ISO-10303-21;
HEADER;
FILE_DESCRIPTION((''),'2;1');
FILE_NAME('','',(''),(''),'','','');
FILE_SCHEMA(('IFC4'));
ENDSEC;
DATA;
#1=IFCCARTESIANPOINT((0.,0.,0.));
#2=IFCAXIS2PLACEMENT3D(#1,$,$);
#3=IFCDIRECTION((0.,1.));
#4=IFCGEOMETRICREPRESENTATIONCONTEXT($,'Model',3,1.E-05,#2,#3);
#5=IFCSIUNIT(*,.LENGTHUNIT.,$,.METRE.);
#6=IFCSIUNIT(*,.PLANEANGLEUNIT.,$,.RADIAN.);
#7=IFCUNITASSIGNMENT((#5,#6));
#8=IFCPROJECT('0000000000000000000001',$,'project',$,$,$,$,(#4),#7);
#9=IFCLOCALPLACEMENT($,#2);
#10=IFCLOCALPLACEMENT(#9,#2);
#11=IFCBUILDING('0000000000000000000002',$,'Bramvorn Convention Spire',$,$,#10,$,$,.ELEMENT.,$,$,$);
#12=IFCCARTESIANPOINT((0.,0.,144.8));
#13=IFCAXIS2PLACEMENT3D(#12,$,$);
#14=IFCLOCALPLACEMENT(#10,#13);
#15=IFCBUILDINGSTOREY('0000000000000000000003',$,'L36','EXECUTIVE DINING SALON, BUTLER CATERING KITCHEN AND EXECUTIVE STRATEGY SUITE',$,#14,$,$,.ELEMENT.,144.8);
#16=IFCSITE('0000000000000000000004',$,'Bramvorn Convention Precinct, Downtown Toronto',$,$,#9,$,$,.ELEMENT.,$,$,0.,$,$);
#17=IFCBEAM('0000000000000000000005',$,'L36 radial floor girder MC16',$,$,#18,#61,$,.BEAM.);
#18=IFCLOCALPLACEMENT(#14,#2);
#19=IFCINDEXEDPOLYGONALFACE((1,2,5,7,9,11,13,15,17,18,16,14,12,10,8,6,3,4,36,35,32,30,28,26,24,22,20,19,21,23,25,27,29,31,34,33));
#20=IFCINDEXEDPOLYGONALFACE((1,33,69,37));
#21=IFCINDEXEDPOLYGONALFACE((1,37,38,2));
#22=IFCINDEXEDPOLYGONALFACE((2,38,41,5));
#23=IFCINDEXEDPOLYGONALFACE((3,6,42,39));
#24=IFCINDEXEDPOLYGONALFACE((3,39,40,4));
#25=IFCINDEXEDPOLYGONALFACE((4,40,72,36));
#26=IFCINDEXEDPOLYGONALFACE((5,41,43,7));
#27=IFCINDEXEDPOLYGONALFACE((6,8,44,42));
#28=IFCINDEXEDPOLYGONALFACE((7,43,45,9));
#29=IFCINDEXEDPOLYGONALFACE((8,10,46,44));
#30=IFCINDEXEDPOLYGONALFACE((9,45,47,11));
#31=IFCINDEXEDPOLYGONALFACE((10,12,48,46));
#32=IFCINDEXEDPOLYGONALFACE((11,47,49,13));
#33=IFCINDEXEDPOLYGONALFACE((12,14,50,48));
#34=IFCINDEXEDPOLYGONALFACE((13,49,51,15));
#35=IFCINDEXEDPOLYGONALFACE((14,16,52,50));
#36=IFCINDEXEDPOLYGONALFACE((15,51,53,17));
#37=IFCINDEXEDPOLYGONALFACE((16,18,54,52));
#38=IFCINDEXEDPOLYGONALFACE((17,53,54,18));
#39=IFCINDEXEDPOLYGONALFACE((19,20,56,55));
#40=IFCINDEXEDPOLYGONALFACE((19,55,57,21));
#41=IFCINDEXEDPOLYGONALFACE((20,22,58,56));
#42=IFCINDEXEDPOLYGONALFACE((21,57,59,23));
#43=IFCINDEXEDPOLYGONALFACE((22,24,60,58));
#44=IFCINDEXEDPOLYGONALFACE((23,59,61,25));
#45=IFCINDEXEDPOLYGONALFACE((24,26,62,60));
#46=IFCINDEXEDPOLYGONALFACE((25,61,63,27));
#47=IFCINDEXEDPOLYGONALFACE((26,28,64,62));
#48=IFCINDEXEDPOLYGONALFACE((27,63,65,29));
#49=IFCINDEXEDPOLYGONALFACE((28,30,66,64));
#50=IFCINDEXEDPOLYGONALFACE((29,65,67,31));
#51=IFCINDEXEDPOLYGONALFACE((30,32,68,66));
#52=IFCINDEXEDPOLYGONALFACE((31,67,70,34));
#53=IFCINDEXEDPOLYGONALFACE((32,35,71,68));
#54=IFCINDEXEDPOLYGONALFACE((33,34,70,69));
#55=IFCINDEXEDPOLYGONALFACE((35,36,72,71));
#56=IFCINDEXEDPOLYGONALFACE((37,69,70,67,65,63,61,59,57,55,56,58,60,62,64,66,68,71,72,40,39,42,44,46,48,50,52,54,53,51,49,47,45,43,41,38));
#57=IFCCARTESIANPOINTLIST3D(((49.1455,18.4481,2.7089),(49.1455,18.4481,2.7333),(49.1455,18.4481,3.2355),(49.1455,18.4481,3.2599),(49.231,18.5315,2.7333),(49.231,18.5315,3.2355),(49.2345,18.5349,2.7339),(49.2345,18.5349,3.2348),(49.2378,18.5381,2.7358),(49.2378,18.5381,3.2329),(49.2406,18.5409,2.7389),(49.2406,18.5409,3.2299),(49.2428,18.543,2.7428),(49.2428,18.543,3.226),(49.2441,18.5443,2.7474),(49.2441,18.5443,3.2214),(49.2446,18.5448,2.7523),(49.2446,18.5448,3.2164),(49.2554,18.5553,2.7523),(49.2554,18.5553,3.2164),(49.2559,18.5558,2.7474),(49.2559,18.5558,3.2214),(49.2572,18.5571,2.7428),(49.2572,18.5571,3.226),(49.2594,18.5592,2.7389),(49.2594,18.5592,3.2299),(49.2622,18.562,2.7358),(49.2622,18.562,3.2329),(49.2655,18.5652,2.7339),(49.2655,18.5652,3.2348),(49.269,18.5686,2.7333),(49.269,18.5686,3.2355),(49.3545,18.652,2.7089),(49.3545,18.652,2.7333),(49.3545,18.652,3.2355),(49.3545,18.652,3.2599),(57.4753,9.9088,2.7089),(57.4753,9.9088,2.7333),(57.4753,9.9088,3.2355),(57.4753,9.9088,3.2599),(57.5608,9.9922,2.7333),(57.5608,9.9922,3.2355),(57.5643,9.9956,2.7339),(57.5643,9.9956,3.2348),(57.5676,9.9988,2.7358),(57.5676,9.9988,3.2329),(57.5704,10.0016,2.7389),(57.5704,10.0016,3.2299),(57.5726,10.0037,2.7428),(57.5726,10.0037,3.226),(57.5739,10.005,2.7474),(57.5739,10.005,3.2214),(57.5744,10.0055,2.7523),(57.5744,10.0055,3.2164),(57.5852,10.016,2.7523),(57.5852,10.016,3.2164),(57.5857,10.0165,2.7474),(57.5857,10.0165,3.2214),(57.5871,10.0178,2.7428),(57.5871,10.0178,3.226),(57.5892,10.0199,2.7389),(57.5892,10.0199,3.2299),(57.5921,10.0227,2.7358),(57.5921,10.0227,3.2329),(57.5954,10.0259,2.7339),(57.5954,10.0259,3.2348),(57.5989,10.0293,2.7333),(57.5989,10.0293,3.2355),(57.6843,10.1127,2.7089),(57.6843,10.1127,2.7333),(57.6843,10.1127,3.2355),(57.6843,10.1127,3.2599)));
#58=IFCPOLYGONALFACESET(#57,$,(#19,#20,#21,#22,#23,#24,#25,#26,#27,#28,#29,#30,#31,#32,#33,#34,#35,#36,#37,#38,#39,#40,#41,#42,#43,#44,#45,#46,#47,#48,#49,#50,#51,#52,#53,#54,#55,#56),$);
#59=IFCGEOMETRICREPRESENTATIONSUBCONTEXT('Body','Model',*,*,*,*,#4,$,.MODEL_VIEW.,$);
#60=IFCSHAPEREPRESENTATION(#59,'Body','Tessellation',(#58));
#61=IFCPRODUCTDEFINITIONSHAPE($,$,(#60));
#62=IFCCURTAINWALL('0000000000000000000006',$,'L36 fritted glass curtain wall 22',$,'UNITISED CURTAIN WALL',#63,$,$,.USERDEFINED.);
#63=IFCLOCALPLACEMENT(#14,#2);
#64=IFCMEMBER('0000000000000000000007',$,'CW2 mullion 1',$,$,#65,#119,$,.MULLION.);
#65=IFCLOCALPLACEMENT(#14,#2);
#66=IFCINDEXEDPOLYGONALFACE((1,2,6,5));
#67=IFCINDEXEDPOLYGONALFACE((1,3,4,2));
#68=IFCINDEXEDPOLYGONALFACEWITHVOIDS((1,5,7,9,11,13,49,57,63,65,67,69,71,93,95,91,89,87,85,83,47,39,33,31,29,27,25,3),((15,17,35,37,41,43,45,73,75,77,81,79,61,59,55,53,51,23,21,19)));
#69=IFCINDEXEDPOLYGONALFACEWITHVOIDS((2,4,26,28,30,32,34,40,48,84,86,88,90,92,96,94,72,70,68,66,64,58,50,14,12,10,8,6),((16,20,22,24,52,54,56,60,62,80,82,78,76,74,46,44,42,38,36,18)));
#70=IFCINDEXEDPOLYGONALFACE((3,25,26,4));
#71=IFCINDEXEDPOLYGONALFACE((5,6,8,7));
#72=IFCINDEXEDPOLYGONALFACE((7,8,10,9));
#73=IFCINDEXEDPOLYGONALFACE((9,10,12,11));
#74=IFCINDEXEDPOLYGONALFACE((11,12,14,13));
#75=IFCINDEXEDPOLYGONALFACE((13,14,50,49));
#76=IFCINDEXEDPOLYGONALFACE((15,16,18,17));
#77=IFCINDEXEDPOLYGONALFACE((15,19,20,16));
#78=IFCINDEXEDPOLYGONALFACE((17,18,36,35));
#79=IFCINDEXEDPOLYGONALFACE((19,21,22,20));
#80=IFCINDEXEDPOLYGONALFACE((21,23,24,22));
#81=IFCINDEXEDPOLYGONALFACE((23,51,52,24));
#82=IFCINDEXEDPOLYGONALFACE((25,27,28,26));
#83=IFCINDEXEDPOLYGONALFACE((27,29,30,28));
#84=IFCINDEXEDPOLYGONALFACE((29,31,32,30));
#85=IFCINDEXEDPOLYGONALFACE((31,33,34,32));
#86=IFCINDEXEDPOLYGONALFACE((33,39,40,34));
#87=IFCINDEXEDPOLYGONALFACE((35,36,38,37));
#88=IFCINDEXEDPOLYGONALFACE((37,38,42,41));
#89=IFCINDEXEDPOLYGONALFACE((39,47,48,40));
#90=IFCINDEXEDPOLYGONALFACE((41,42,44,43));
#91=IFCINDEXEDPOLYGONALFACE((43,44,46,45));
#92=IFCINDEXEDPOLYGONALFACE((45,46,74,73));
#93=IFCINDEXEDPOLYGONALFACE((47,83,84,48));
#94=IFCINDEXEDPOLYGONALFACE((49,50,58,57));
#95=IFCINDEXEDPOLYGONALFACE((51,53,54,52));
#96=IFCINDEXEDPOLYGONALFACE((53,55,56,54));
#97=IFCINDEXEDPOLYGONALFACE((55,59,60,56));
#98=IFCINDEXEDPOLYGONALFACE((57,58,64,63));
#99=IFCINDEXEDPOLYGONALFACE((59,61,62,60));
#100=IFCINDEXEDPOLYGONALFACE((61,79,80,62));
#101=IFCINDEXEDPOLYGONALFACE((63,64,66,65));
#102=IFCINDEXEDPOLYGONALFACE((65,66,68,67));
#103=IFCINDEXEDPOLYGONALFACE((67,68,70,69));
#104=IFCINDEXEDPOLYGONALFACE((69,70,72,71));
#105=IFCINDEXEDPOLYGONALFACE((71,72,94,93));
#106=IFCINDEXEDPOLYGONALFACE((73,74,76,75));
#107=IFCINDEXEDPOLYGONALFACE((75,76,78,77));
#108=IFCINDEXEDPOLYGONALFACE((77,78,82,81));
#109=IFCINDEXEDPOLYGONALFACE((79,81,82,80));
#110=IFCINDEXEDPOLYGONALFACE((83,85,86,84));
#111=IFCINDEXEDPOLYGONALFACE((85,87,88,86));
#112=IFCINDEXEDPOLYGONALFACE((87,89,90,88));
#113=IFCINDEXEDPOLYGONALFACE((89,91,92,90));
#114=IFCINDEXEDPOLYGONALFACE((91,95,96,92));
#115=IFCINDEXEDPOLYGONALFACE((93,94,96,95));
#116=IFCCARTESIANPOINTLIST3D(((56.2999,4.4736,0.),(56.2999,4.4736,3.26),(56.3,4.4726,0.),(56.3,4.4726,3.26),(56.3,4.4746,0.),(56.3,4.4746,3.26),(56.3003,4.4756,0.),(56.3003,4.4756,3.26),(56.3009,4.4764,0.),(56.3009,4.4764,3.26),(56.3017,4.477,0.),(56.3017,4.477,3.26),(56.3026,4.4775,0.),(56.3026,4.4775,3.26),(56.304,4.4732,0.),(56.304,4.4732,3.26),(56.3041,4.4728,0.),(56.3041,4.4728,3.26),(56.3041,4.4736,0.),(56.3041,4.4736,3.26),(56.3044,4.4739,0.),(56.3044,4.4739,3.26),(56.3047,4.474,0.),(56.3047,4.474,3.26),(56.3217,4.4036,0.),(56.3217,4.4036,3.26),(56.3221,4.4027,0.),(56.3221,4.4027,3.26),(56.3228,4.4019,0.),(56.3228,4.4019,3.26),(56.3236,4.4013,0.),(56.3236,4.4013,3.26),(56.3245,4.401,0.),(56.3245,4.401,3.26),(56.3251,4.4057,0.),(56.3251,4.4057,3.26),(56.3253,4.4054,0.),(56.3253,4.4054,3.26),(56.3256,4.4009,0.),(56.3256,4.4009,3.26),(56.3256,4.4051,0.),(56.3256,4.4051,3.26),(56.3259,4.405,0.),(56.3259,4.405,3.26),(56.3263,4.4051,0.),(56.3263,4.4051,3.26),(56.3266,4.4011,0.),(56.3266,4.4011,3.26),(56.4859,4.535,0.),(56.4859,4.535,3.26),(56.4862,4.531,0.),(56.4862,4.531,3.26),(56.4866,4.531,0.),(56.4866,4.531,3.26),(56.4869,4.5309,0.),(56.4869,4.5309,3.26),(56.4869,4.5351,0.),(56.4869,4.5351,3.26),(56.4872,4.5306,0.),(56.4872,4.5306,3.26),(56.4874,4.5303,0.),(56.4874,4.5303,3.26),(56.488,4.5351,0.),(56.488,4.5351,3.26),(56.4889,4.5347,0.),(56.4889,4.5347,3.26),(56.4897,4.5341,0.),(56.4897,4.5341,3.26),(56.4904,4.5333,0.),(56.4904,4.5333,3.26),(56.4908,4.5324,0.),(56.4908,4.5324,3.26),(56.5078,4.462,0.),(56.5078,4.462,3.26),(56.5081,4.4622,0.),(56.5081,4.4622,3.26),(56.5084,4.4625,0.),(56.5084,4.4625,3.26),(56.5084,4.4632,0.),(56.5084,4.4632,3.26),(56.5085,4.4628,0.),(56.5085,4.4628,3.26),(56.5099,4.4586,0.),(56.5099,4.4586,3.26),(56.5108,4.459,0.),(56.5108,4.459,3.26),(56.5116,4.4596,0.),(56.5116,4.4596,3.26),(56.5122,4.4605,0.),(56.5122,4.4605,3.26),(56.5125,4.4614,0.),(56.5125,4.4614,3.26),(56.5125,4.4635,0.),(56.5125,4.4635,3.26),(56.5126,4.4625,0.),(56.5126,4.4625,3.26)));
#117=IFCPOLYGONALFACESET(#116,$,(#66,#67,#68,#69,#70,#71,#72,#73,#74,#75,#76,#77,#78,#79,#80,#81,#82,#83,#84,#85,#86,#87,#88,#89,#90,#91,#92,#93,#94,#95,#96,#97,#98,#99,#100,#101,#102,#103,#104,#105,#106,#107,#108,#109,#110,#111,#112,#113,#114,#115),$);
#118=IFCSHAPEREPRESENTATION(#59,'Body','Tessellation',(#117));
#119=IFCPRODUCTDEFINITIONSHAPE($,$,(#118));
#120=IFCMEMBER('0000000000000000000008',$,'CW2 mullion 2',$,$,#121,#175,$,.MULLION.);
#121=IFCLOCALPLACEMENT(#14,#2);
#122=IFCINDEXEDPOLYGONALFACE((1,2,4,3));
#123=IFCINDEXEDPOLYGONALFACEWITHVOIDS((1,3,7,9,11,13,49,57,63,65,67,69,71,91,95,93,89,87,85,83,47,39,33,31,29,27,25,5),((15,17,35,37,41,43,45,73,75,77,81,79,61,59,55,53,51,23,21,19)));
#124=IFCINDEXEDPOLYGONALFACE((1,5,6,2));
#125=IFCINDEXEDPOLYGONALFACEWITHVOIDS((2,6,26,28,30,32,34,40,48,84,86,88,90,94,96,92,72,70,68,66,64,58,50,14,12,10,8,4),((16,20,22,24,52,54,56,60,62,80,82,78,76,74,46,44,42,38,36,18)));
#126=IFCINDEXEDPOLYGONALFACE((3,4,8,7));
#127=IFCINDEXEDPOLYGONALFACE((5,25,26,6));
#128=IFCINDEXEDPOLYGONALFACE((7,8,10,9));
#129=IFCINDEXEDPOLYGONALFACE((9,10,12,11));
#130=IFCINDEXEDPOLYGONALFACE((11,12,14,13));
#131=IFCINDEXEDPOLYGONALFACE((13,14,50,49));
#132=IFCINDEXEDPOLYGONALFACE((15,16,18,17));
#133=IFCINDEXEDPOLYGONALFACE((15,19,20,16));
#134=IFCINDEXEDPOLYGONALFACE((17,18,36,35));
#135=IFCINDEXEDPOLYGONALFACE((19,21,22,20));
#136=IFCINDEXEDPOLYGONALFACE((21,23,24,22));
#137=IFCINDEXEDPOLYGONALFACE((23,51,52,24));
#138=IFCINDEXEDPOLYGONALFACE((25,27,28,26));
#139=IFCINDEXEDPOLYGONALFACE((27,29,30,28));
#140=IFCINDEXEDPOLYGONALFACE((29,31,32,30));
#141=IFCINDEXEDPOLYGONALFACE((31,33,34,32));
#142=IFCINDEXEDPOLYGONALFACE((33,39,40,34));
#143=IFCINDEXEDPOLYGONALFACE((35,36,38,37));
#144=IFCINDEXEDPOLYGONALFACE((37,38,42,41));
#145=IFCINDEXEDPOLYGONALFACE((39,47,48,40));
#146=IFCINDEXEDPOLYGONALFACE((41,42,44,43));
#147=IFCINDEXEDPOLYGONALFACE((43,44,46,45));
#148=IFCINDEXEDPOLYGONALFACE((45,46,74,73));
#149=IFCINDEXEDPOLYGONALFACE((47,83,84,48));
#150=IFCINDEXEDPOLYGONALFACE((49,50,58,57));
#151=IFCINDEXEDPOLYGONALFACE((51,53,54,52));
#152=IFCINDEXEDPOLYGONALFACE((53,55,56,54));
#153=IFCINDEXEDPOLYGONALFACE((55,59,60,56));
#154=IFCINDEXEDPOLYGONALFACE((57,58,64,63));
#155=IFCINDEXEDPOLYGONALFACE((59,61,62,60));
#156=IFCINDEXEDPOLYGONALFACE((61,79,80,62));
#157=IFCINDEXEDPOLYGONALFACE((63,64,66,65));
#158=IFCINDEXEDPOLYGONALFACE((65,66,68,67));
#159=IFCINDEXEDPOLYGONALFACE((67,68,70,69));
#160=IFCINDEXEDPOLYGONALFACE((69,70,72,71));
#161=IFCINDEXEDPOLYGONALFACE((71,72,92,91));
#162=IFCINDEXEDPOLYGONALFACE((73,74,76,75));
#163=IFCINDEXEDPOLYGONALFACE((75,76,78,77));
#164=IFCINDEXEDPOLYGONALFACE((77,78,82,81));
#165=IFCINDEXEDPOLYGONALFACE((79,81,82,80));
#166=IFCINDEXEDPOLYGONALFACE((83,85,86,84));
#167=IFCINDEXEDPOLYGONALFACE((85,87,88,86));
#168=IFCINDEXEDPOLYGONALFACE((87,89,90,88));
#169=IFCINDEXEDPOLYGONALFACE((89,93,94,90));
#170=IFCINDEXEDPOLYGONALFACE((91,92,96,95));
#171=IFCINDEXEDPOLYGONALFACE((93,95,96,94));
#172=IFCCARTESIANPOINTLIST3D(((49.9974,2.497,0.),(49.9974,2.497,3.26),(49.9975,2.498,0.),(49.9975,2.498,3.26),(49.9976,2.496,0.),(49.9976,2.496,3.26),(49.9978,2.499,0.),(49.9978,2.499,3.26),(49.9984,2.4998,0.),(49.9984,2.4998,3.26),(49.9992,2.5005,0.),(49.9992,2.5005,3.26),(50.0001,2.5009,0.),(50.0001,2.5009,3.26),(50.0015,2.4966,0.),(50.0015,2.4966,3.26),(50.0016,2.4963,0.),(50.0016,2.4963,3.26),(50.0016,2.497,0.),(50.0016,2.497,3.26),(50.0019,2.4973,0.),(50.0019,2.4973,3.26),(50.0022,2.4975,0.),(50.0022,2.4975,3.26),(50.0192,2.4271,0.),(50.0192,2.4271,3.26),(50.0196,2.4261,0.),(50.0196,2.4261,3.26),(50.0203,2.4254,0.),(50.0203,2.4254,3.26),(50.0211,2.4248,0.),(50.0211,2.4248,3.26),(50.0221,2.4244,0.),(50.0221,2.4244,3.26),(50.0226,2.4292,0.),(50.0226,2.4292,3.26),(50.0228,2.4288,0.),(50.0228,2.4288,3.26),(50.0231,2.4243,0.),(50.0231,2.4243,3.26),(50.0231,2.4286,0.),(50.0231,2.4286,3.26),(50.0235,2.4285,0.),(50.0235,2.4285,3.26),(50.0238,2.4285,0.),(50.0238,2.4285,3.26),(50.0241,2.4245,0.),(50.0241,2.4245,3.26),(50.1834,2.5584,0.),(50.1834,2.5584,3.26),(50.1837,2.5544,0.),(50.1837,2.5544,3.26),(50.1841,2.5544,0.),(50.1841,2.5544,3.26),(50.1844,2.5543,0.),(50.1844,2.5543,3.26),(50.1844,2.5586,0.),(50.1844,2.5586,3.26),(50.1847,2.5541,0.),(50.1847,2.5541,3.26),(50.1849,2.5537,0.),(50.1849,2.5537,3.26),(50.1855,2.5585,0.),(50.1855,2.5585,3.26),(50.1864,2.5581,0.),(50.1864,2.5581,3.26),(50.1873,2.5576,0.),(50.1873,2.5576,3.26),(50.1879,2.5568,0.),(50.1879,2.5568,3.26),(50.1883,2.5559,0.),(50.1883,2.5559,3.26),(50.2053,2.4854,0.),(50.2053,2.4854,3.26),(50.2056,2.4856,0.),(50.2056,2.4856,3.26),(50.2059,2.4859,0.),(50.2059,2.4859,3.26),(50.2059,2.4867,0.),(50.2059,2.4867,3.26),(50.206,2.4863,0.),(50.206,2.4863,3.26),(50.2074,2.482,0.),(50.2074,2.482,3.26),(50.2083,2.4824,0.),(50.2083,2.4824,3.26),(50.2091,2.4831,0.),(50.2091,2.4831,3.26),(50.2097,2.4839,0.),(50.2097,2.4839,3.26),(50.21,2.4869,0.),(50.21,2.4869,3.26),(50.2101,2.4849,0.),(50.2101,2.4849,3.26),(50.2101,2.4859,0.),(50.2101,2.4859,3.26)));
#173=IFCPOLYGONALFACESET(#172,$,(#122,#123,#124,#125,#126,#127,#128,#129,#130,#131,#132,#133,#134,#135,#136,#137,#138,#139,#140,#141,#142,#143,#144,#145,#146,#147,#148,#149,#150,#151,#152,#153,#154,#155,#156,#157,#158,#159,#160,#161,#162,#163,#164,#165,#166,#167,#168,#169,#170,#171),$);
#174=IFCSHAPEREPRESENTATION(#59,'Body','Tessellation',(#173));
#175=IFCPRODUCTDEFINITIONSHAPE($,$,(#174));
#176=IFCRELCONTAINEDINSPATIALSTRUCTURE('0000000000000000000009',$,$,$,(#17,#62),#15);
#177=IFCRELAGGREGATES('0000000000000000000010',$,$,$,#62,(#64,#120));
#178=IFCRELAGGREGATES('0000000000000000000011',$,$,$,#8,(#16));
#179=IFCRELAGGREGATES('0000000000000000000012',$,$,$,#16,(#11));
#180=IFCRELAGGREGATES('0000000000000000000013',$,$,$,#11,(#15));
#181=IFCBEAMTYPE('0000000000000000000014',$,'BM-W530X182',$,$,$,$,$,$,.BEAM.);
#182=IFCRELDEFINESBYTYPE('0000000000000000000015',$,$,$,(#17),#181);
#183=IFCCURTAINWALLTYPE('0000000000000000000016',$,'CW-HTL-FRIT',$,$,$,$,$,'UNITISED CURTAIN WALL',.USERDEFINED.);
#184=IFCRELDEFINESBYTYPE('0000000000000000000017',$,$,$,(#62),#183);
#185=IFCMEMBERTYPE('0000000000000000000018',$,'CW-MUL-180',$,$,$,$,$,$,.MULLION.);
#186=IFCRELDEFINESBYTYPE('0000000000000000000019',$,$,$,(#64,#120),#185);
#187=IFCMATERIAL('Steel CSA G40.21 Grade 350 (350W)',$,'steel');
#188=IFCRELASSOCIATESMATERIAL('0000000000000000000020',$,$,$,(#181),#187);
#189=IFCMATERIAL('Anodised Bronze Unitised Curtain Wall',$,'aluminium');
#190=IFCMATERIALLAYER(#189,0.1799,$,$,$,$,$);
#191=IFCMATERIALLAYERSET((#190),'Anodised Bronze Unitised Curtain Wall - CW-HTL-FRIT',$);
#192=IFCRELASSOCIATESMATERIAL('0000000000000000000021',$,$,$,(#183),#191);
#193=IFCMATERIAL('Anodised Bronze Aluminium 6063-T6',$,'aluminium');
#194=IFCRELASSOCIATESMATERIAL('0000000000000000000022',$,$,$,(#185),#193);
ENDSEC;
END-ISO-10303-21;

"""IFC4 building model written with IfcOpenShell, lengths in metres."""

from ifc_helpers import new_model, si_unit, direction, frame, origin, origin_2d, place, context, subcontext, project, spatial, hollow_rectangle, i_section, extrude, material, layer, layer_set, material_profile, profile_set, type_object, element, aggregate, save


model = new_model("IFC4")

# Units and contexts
model_context = context("Model", 3, precision=1e-05, world=origin(), true_north=direction((0.0, 1.0)))
body_context = subcontext(model_context, "Body", "Model", "MODEL_VIEW")
ifc_project = project(units=[si_unit("LENGTHUNIT", "METRE"), si_unit("PLANEANGLEUNIT", "RADIAN")], contexts=[model_context])

# Site, building, storey
site_placement = place(None, origin())
site = spatial("IfcSite", under=ifc_project, at=site_placement, Name="Bramvorn Convention Precinct, Downtown Toronto", CompositionType="ELEMENT", RefElevation=0.0)
building_placement = place(site_placement, origin())
building = spatial("IfcBuilding", under=site, at=building_placement, Name="Bramvorn Convention Spire", CompositionType="ELEMENT")
storey_placement = place(building_placement, frame((0.0, 0.0, 144.8)))
storey = spatial("IfcBuildingStorey", under=building, at=storey_placement, Name="L36", Description="EXECUTIVE DINING SALON, BUTLER CATERING KITCHEN AND EXECUTIVE STRATEGY SUITE", CompositionType="ELEMENT", Elevation=144.8)

# Shared definitions
ifc_material_1 = material(Name="Steel CSA G40.21 Grade 350 (350W)", Category="steel")

# Beam
ifc_material_profile_1 = material_profile(ifc_material_1, i_section(OverallWidth=0.292, OverallDepth=0.551, WebThickness=0.0151, FlangeThickness=0.0244, FilletRadius=0.019, at=origin_2d()))
ifc_profile_set_1 = profile_set([ifc_material_profile_1], Name="Steel CSA G40.21 Grade 350 (350W) - W530X182")
beam_type_1 = type_object("IfcBeamType", Name="BM-W530X182", PredefinedType="BEAM", material=ifc_profile_set_1)
beam_1_placement = place(storey_placement, frame((49.25, 18.55, 2.9844), z_axis=(0.698272, -0.715832, 0.0), x_axis=(0.715832, 0.698272, 0.0)))
element("IfcBeam", 1, at=beam_1_placement, inside=storey, type_object=beam_type_1, Name="L36 radial floor girder MC16", PredefinedType="BEAM", context=body_context, shape_type="SweptSolid", body=[
    extrude(i_section(OverallWidth=0.292, OverallDepth=0.551, WebThickness=0.0151, FlangeThickness=0.0244, FilletRadius=0.019, at=origin_2d()), origin(), (0.0, 0.0, 1.0), 11.9292),
])

# Curtain wall, members
ifc_material_2 = material(Name="Anodised Bronze Unitised Curtain Wall", Category="aluminium")
ifc_layer_1 = layer(ifc_material_2, 0.1799)
ifc_layer_set_1 = layer_set([ifc_layer_1], Name="Anodised Bronze Unitised Curtain Wall - CW-HTL-FRIT")
curtain_wall_type = type_object("IfcCurtainWallType", Name="CW-HTL-FRIT", ElementType="UNITISED CURTAIN WALL", PredefinedType="USERDEFINED", material=ifc_layer_set_1)
curtain_wall_1_placement = place(storey_placement, origin())
curtain_wall_1 = element("IfcCurtainWall", 2, at=curtain_wall_1_placement, inside=storey, type_object=curtain_wall_type, Name="L36 fritted glass curtain wall 22", ObjectType="UNITISED CURTAIN WALL", PredefinedType="USERDEFINED")
ifc_material_3 = material(Name="Anodised Bronze Aluminium 6063-T6", Category="aluminium")
ifc_material_profile_2 = material_profile(ifc_material_3, hollow_rectangle(XDim=0.0801, YDim=0.2, WallThickness=0.0039, InnerFilletRadius=0.001, OuterFilletRadius=0.0039, at=origin_2d()))
ifc_profile_set_2 = profile_set([ifc_material_profile_2], Name="Anodised Bronze Aluminium 6063-T6 - CWM80X200")
member_type_1 = type_object("IfcMemberType", Name="CW-MUL-180", PredefinedType="MULLION", material=ifc_profile_set_2)
member_1_placement = place(storey_placement, frame((56.4062, 4.468, 0.0), z_axis=(0.0, 0.0, 1.0), x_axis=(0.299258, -0.954172, 0.0)))
member_1 = element("IfcMember", 3, at=member_1_placement, type_object=member_type_1, Name="CW2 mullion 1", PredefinedType="MULLION", context=body_context, shape_type="SweptSolid", body=[
    extrude(hollow_rectangle(XDim=0.0801, YDim=0.2, WallThickness=0.0039, InnerFilletRadius=0.001, OuterFilletRadius=0.0039, at=origin_2d()), origin(), (0.0, 0.0, 1.0), 3.26),
])
member_2_placement = place(storey_placement, frame((50.1038, 2.4915, 0.0), z_axis=(0.0, 0.0, 1.0), x_axis=(0.299258, -0.954172, 0.0)))
member_2 = element("IfcMember", 4, at=member_2_placement, type_object=member_type_1, Name="CW2 mullion 2", PredefinedType="MULLION", context=body_context, shape_type="SweptSolid", body=[
    extrude(hollow_rectangle(XDim=0.0801, YDim=0.2, WallThickness=0.0039, InnerFilletRadius=0.001, OuterFilletRadius=0.0039, at=origin_2d()), origin(), (0.0, 0.0, 1.0), 3.26),
])

aggregate(curtain_wall_1, [member_1, member_2])

save(model, "model.ifc")
